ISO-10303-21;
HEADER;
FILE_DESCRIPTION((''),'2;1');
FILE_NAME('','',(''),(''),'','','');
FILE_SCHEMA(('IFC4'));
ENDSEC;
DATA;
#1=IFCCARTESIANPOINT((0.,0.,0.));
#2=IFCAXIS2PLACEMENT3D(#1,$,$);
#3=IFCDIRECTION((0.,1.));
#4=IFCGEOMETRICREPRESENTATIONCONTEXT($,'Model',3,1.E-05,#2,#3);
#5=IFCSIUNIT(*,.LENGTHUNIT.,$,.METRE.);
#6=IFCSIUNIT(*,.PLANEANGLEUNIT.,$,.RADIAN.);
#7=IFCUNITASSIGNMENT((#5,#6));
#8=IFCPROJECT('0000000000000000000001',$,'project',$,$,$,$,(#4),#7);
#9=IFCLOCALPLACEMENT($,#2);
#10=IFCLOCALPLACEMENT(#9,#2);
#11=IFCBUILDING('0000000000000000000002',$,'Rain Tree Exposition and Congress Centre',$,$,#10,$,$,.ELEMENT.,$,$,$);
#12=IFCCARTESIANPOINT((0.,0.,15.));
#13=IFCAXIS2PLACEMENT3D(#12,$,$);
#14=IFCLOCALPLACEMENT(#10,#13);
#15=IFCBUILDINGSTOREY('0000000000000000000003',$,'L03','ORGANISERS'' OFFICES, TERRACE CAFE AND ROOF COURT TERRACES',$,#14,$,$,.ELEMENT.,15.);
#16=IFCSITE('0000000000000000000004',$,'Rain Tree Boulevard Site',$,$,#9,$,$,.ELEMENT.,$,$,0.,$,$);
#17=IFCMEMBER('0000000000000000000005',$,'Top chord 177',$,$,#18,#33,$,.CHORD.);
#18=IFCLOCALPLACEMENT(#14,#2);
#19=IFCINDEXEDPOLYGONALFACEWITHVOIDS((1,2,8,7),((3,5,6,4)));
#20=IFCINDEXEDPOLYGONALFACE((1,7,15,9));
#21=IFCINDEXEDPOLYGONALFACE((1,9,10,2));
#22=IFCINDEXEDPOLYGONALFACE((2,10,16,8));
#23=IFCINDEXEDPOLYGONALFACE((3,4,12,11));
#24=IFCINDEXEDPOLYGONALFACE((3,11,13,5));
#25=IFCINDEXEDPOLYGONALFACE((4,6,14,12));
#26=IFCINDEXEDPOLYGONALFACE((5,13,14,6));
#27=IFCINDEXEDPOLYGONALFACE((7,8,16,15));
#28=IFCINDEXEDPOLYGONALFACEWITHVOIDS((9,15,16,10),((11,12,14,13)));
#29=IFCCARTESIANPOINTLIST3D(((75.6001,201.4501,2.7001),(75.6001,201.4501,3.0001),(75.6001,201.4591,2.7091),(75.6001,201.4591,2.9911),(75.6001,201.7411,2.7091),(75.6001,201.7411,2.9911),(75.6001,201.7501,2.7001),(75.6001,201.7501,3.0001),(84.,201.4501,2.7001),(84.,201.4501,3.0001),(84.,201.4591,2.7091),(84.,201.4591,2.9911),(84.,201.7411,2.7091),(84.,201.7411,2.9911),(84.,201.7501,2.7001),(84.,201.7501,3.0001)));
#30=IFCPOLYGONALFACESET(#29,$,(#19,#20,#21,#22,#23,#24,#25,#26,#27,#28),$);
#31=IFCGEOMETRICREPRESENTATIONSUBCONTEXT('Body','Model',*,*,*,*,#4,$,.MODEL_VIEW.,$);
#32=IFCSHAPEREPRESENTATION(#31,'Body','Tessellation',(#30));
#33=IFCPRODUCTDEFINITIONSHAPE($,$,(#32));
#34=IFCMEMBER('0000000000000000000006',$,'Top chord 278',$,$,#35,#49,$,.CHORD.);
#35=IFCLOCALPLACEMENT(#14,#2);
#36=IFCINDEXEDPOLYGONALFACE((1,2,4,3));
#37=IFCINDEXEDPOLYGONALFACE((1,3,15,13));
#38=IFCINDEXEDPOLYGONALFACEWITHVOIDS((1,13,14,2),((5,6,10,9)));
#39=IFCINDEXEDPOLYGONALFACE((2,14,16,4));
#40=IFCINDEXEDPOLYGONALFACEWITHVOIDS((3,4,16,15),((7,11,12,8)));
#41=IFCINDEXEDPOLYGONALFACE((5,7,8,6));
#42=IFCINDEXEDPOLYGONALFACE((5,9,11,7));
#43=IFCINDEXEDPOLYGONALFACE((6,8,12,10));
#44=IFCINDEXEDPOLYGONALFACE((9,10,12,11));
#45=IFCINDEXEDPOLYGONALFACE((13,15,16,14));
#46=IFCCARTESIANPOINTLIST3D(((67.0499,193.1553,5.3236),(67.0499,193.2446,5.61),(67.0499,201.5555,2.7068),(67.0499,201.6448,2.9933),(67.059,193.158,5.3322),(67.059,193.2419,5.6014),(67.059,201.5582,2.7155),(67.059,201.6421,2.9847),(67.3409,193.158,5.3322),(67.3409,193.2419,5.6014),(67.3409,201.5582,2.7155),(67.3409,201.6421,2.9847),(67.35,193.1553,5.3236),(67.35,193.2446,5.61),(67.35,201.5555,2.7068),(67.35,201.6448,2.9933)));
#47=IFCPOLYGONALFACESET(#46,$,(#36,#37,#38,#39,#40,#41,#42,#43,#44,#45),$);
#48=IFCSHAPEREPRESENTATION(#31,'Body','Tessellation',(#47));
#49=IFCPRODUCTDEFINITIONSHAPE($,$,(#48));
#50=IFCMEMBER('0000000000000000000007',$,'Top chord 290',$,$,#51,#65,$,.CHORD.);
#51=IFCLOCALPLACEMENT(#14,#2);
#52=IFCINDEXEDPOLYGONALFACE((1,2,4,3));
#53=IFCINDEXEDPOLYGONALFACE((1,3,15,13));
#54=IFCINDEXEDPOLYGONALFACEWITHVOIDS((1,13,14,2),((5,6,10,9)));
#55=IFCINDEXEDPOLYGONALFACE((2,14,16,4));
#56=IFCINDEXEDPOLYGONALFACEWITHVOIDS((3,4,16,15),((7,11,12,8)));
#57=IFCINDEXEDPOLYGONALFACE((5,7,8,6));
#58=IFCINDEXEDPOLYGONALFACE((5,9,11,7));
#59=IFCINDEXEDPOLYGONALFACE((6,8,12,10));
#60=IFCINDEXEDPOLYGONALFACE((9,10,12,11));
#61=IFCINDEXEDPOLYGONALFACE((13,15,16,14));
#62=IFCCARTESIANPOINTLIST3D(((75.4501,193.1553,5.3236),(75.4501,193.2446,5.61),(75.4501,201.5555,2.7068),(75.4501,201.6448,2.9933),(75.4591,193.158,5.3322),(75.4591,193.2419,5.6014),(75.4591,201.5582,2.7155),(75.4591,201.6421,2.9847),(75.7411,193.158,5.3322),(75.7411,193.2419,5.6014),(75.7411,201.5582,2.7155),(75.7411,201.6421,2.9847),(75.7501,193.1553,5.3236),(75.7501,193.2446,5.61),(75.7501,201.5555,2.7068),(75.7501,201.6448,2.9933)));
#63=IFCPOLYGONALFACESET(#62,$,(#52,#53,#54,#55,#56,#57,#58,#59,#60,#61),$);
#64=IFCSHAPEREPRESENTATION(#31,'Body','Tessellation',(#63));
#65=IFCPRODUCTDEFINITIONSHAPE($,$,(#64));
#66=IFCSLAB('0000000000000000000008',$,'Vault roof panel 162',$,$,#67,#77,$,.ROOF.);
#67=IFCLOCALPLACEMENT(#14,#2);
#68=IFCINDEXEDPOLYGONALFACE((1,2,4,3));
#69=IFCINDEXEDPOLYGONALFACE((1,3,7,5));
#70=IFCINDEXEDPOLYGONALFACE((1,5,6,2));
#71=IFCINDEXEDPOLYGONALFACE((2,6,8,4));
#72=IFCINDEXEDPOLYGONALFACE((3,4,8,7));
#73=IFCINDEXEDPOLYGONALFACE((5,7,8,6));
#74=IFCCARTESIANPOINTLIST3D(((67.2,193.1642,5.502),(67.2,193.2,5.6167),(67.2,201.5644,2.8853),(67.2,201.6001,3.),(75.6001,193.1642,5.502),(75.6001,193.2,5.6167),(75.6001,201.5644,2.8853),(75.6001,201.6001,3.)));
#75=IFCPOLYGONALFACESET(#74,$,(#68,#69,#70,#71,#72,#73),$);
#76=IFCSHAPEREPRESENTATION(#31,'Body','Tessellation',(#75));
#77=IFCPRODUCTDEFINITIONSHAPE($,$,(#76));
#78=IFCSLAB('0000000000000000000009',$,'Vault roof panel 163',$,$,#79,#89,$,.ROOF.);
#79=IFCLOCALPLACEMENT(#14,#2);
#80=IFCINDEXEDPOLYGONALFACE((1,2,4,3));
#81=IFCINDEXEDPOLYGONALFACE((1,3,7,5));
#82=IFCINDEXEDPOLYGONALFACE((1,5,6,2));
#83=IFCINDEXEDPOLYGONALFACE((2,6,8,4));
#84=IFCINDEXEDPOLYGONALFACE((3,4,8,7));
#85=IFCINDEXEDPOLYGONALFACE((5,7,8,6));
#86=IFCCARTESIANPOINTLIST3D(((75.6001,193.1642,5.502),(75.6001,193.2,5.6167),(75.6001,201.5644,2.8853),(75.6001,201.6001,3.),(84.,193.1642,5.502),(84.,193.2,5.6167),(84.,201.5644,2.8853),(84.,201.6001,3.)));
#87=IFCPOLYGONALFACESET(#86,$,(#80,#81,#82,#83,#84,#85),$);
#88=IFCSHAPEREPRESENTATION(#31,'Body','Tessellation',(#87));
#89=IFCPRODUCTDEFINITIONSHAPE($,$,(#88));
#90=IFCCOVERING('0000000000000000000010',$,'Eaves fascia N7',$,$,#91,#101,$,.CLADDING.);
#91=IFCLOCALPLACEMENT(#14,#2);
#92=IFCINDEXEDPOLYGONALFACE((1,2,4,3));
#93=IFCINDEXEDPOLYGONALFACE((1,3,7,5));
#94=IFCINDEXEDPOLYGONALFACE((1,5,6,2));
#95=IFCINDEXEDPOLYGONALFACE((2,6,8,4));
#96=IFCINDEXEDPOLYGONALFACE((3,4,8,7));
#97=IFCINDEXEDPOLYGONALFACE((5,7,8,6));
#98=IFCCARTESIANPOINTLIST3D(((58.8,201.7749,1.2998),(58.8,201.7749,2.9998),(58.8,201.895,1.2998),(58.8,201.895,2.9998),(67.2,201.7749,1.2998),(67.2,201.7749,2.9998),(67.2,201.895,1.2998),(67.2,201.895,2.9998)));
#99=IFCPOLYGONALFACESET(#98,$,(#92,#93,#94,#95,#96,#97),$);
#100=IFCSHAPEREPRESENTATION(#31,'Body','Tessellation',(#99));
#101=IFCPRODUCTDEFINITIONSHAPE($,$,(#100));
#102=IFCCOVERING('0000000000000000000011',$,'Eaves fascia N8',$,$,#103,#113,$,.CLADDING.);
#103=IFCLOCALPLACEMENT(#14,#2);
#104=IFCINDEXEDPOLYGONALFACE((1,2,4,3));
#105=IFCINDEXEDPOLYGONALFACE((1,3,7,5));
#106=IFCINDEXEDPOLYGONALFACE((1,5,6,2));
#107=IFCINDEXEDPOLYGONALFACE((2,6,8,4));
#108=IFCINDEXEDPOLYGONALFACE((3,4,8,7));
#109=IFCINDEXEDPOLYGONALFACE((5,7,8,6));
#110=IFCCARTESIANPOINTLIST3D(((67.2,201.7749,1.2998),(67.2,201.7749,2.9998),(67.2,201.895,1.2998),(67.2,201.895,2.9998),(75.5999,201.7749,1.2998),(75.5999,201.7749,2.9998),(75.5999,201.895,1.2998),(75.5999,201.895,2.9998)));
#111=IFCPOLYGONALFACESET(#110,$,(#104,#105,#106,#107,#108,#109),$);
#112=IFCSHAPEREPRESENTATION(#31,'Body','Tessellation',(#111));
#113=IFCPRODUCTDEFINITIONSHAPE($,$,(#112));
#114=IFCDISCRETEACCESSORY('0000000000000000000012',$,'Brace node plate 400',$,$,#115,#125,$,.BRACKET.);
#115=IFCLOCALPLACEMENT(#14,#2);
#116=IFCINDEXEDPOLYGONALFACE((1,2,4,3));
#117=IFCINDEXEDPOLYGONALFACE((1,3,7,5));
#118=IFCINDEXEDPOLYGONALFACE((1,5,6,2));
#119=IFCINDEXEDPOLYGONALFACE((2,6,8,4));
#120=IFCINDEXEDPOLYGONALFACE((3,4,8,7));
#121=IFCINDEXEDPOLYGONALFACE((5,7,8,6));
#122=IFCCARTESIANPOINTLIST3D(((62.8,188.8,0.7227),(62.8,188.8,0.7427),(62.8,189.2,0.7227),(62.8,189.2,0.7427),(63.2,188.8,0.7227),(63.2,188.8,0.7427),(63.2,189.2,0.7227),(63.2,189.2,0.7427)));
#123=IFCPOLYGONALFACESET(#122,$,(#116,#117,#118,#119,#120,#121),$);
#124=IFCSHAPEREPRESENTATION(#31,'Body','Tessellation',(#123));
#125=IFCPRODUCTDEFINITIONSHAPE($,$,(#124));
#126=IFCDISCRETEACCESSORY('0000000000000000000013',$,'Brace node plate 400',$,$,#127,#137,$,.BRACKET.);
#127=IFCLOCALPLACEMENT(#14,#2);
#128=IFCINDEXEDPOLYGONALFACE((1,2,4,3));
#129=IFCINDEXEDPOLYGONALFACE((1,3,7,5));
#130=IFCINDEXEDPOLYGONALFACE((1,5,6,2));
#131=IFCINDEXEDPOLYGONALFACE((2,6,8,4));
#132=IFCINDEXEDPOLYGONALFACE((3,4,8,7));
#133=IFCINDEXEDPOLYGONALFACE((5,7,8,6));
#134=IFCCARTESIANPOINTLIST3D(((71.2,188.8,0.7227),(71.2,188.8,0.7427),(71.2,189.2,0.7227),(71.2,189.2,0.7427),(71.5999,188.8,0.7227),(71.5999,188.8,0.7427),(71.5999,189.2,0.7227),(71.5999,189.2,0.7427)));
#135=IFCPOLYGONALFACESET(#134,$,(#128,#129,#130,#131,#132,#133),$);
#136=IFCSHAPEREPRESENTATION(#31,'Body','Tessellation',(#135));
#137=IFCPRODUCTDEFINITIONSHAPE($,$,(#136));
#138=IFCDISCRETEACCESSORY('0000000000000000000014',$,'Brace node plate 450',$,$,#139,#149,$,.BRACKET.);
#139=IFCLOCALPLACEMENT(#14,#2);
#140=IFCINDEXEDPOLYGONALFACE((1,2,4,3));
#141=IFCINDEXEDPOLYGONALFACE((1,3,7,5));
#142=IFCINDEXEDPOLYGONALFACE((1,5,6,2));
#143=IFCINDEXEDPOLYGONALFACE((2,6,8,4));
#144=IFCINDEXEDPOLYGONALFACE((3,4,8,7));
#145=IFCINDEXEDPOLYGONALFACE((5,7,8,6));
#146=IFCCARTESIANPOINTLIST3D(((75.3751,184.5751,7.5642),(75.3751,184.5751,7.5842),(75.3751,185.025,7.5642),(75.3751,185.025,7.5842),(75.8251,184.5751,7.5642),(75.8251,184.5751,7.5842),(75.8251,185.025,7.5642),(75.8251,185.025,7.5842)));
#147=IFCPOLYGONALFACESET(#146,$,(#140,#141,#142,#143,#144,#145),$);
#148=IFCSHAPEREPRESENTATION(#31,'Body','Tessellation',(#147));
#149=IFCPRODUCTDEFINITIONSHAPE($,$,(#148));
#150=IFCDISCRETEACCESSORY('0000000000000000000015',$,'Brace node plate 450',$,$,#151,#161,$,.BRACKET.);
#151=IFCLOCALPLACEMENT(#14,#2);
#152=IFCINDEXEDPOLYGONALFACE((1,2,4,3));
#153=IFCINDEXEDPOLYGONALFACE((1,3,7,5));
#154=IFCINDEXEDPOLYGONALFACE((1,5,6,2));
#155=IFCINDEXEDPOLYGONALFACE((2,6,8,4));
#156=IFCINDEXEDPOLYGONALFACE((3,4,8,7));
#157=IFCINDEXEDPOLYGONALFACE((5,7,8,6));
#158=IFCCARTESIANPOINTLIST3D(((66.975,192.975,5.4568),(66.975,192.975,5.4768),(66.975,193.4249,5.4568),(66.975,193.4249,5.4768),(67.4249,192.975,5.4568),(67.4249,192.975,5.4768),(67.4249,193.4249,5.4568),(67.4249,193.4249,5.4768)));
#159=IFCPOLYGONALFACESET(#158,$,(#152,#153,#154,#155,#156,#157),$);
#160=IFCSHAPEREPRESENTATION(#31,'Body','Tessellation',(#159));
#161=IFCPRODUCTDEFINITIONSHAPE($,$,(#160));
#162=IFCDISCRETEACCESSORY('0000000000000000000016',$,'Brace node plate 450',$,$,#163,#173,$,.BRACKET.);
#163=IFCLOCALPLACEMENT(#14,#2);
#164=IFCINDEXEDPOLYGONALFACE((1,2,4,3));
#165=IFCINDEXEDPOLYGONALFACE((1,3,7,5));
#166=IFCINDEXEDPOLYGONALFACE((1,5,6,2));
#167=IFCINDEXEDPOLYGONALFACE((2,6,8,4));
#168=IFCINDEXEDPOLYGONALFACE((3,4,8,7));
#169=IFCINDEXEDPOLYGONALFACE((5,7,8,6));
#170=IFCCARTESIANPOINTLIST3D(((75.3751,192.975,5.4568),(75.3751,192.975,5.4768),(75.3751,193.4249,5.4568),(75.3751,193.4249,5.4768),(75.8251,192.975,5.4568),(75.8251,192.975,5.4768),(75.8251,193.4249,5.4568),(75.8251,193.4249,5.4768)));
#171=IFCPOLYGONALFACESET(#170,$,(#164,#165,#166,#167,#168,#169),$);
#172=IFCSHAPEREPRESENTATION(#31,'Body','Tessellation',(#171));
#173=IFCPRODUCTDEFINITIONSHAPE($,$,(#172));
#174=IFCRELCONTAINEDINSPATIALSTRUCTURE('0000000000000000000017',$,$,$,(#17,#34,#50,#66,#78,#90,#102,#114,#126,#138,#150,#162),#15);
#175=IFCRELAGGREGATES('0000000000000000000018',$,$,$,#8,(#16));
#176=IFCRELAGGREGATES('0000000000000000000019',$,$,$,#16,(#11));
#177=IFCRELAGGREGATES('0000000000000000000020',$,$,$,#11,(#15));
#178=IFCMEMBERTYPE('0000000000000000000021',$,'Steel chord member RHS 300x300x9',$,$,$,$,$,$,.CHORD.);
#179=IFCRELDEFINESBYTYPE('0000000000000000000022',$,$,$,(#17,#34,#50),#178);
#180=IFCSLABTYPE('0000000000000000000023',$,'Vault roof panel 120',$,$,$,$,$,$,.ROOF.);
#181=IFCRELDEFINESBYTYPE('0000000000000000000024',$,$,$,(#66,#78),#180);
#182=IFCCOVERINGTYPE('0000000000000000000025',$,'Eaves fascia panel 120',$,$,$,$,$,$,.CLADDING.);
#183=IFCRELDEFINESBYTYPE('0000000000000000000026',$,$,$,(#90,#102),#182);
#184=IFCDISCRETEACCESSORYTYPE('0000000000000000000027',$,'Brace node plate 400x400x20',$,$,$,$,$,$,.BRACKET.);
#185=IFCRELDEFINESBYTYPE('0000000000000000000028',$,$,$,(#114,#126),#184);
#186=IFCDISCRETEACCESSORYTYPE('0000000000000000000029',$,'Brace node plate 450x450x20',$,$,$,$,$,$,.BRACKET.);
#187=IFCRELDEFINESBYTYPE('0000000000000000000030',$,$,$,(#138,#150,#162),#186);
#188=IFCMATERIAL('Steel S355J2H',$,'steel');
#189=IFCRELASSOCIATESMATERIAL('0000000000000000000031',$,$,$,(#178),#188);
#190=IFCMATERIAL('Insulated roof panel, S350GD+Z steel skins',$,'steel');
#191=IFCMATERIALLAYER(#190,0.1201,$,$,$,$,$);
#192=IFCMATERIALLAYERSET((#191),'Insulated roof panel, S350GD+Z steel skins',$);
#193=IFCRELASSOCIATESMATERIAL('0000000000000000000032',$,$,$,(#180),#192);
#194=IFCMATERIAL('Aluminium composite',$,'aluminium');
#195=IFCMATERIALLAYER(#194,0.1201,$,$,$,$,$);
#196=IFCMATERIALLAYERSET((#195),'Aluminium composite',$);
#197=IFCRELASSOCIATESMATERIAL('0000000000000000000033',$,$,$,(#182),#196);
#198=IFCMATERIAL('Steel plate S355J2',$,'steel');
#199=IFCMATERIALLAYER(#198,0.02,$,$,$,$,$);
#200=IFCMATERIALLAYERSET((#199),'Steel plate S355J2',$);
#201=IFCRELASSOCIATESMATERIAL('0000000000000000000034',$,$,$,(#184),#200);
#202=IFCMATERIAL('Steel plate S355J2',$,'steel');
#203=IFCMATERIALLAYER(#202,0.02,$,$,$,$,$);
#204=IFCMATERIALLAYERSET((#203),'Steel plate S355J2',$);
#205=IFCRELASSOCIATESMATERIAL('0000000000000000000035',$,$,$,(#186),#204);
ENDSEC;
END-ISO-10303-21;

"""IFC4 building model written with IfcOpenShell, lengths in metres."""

from ifc_helpers import new_model, si_unit, direction, frame, origin, origin_2d, place, context, subcontext, project, spatial, polyline, rectangle, hollow_rectangle, outline, extrude, material, layer, layer_set, material_profile, profile_set, type_object, element, save


model = new_model("IFC4")

# Units and contexts
model_context = context("Model", 3, precision=1e-05, world=origin(), true_north=direction((0.0, 1.0)))
body_context = subcontext(model_context, "Body", "Model", "MODEL_VIEW")
ifc_project = project(units=[si_unit("LENGTHUNIT", "METRE"), si_unit("PLANEANGLEUNIT", "RADIAN")], contexts=[model_context])

# Site, building, storey
site_placement = place(None, origin())
site = spatial("IfcSite", under=ifc_project, at=site_placement, Name="Rain Tree Boulevard Site", CompositionType="ELEMENT", RefElevation=0.0)
building_placement = place(site_placement, origin())
building = spatial("IfcBuilding", under=site, at=building_placement, Name="Rain Tree Exposition and Congress Centre", CompositionType="ELEMENT")
storey_placement = place(building_placement, frame((0.0, 0.0, 15.0)))
storey = spatial("IfcBuildingStorey", under=building, at=storey_placement, Name="L03", Description="ORGANISERS' OFFICES, TERRACE CAFE AND ROOF COURT TERRACES", CompositionType="ELEMENT", Elevation=15.0)

# Members
ifc_material_1 = material(Name="Steel S355J2H", Category="steel")
ifc_material_profile_1 = material_profile(ifc_material_1, hollow_rectangle(XDim=0.3, YDim=0.3, WallThickness=0.009, at=origin_2d()), Name="RHS 300x300x9")
ifc_profile_set_1 = profile_set([ifc_material_profile_1], Name="Steel S355J2H")
member_type_1 = type_object("IfcMemberType", Name="Steel chord member RHS 300x300x9", PredefinedType="CHORD", material=ifc_profile_set_1)
member_1_placement = place(storey_placement, frame((75.6001, 201.6001, 2.8501), z_axis=(1.0, 0.0, 0.0), x_axis=(0.0, 1.0, 0.0)))
element("IfcMember", 1, at=member_1_placement, inside=storey, type_object=member_type_1, Name="Top chord 177", PredefinedType="CHORD", context=body_context, shape_type="SweptSolid", body=[
    extrude(hollow_rectangle(XDim=0.3, YDim=0.3, WallThickness=0.009, at=origin_2d()), origin(), (0.0, 0.0, 1.0), 8.3999),
])
for number, where, z_axis, x_axis, name in (
    (2, (67.2, 193.2, 5.4668), (0.0, 0.95475, -0.297411), (-1.0, 0.0, 0.0), "Top chord 278"),
    (3, (75.6001, 193.2, 5.4668), (0.0, 0.95475, -0.297411), (-1.0, 0.0, 0.0), "Top chord 290"),
):
    element("IfcMember", number, at=place(storey_placement, frame(where, z_axis=z_axis, x_axis=x_axis)), inside=storey, type_object=member_type_1, Name=name, PredefinedType="CHORD", context=body_context, shape_type="SweptSolid", body=[
        extrude(hollow_rectangle(XDim=0.3, YDim=0.3, WallThickness=0.009, at=origin_2d()), origin(), (0.0, 0.0, 1.0), 8.7983),
    ])

# Slabs
ifc_material_2 = material(Name="Insulated roof panel, S350GD+Z steel skins", Category="steel")
ifc_layer_1 = layer(ifc_material_2, 0.1201)
ifc_layer_set_1 = layer_set([ifc_layer_1], Name="Insulated roof panel, S350GD+Z steel skins")
slab_type = type_object("IfcSlabType", Name="Vault roof panel 120", PredefinedType="ROOF", material=ifc_layer_set_1)
slab_1_placement = place(storey_placement, frame((67.2, 193.2, 5.6167), z_axis=(0.0, 0.297411, 0.95475), x_axis=(1.0, 0.0, 0.0)))
element("IfcSlab", 4, at=slab_1_placement, inside=storey, type_object=slab_type, Name="Vault roof panel 162", PredefinedType="ROOF", context=body_context, shape_type="SweptSolid", body=[
    extrude(outline(polyline([(0.0, 0.0), (8.4001, 0.0), (8.4001, 8.7983), (0.0, 8.7983), (0.0, 0.0)])), origin(), (0.0, 0.0, -1.0), 0.1201),
])
slab_2_placement = place(storey_placement, frame((75.6001, 193.2, 5.6167), z_axis=(0.0, 0.297411, 0.95475), x_axis=(1.0, 0.0, 0.0)))
element("IfcSlab", 5, at=slab_2_placement, inside=storey, type_object=slab_type, Name="Vault roof panel 163", PredefinedType="ROOF", context=body_context, shape_type="SweptSolid", body=[
    extrude(outline(polyline([(0.0, 0.0), (8.3999, 0.0), (8.3999, 8.7983), (0.0, 8.7983), (0.0, 0.0)])), origin(), (0.0, 0.0, -1.0), 0.1201),
])

# Coverings
ifc_material_3 = material(Name="Aluminium composite", Category="aluminium")
ifc_layer_2 = layer(ifc_material_3, 0.1201)
ifc_layer_set_2 = layer_set([ifc_layer_2], Name="Aluminium composite")
covering_type = type_object("IfcCoveringType", Name="Eaves fascia panel 120", PredefinedType="CLADDING", material=ifc_layer_set_2)
for number, where, z_axis, x_axis, name in (
    (6, (63.0, 201.835, 1.2998), (0.0, 0.0, 1.0), (1.0, 0.0, 0.0), "Eaves fascia N7"),
    (7, (71.3999, 201.835, 1.2998), (0.0, 0.0, 1.0), (1.0, 0.0, 0.0), "Eaves fascia N8"),
):
    element("IfcCovering", number, at=place(storey_placement, frame(where, z_axis=z_axis, x_axis=x_axis)), inside=storey, type_object=covering_type, Name=name, PredefinedType="CLADDING", context=body_context, shape_type="SweptSolid", body=[
        extrude(rectangle(XDim=8.3999, YDim=0.1201, at=origin_2d()), origin(), (0.0, 0.0, 1.0), 1.7),
    ])

# Discrete accessories
ifc_material_4 = material(Name="Steel plate S355J2", Category="steel")
ifc_layer_3 = layer(ifc_material_4, 0.02)
ifc_layer_set_3 = layer_set([ifc_layer_3], Name="Steel plate S355J2")
discrete_accessory_type_1 = type_object("IfcDiscreteAccessoryType", Name="Brace node plate 400x400x20", PredefinedType="BRACKET", material=ifc_layer_set_3)
for number, where, z_axis, x_axis, name in (
    (8, (63.0, 189.0, 0.7227), (0.0, 0.0, 1.0), (1.0, 0.0, 0.0), "Brace node plate 400"),
    (9, (71.3999, 189.0, 0.7227), (0.0, 0.0, 1.0), (1.0, 0.0, 0.0), "Brace node plate 400"),
):
    element("IfcDiscreteAccessory", number, at=place(storey_placement, frame(where, z_axis=z_axis, x_axis=x_axis)), inside=storey, type_object=discrete_accessory_type_1, Name=name, PredefinedType="BRACKET", context=body_context, shape_type="SweptSolid", body=[
        extrude(rectangle(XDim=0.3999, YDim=0.3999, at=origin_2d()), origin(), (0.0, 0.0, 1.0), 0.02),
    ])
ifc_material_5 = material(Name="Steel plate S355J2", Category="steel")
ifc_layer_4 = layer(ifc_material_5, 0.02)
ifc_layer_set_4 = layer_set([ifc_layer_4], Name="Steel plate S355J2")
discrete_accessory_type_2 = type_object("IfcDiscreteAccessoryType", Name="Brace node plate 450x450x20", PredefinedType="BRACKET", material=ifc_layer_set_4)
for number, where, z_axis, x_axis, name in (
    (10, (75.6001, 184.8, 7.5642), (0.0, 0.0, 1.0), (1.0, 0.0, 0.0), "Brace node plate 450"),
    (11, (67.2, 193.2, 5.4568), (0.0, 0.0, 1.0), (1.0, 0.0, 0.0), "Brace node plate 450"),
    (12, (75.6001, 193.2, 5.4568), (0.0, 0.0, 1.0), (1.0, 0.0, 0.0), "Brace node plate 450"),
):
    element("IfcDiscreteAccessory", number, at=place(storey_placement, frame(where, z_axis=z_axis, x_axis=x_axis)), inside=storey, type_object=discrete_accessory_type_2, Name=name, PredefinedType="BRACKET", context=body_context, shape_type="SweptSolid", body=[
        extrude(rectangle(XDim=0.45, YDim=0.45, at=origin_2d()), origin(), (0.0, 0.0, 1.0), 0.02),
    ])

save(model, "model.ifc")
